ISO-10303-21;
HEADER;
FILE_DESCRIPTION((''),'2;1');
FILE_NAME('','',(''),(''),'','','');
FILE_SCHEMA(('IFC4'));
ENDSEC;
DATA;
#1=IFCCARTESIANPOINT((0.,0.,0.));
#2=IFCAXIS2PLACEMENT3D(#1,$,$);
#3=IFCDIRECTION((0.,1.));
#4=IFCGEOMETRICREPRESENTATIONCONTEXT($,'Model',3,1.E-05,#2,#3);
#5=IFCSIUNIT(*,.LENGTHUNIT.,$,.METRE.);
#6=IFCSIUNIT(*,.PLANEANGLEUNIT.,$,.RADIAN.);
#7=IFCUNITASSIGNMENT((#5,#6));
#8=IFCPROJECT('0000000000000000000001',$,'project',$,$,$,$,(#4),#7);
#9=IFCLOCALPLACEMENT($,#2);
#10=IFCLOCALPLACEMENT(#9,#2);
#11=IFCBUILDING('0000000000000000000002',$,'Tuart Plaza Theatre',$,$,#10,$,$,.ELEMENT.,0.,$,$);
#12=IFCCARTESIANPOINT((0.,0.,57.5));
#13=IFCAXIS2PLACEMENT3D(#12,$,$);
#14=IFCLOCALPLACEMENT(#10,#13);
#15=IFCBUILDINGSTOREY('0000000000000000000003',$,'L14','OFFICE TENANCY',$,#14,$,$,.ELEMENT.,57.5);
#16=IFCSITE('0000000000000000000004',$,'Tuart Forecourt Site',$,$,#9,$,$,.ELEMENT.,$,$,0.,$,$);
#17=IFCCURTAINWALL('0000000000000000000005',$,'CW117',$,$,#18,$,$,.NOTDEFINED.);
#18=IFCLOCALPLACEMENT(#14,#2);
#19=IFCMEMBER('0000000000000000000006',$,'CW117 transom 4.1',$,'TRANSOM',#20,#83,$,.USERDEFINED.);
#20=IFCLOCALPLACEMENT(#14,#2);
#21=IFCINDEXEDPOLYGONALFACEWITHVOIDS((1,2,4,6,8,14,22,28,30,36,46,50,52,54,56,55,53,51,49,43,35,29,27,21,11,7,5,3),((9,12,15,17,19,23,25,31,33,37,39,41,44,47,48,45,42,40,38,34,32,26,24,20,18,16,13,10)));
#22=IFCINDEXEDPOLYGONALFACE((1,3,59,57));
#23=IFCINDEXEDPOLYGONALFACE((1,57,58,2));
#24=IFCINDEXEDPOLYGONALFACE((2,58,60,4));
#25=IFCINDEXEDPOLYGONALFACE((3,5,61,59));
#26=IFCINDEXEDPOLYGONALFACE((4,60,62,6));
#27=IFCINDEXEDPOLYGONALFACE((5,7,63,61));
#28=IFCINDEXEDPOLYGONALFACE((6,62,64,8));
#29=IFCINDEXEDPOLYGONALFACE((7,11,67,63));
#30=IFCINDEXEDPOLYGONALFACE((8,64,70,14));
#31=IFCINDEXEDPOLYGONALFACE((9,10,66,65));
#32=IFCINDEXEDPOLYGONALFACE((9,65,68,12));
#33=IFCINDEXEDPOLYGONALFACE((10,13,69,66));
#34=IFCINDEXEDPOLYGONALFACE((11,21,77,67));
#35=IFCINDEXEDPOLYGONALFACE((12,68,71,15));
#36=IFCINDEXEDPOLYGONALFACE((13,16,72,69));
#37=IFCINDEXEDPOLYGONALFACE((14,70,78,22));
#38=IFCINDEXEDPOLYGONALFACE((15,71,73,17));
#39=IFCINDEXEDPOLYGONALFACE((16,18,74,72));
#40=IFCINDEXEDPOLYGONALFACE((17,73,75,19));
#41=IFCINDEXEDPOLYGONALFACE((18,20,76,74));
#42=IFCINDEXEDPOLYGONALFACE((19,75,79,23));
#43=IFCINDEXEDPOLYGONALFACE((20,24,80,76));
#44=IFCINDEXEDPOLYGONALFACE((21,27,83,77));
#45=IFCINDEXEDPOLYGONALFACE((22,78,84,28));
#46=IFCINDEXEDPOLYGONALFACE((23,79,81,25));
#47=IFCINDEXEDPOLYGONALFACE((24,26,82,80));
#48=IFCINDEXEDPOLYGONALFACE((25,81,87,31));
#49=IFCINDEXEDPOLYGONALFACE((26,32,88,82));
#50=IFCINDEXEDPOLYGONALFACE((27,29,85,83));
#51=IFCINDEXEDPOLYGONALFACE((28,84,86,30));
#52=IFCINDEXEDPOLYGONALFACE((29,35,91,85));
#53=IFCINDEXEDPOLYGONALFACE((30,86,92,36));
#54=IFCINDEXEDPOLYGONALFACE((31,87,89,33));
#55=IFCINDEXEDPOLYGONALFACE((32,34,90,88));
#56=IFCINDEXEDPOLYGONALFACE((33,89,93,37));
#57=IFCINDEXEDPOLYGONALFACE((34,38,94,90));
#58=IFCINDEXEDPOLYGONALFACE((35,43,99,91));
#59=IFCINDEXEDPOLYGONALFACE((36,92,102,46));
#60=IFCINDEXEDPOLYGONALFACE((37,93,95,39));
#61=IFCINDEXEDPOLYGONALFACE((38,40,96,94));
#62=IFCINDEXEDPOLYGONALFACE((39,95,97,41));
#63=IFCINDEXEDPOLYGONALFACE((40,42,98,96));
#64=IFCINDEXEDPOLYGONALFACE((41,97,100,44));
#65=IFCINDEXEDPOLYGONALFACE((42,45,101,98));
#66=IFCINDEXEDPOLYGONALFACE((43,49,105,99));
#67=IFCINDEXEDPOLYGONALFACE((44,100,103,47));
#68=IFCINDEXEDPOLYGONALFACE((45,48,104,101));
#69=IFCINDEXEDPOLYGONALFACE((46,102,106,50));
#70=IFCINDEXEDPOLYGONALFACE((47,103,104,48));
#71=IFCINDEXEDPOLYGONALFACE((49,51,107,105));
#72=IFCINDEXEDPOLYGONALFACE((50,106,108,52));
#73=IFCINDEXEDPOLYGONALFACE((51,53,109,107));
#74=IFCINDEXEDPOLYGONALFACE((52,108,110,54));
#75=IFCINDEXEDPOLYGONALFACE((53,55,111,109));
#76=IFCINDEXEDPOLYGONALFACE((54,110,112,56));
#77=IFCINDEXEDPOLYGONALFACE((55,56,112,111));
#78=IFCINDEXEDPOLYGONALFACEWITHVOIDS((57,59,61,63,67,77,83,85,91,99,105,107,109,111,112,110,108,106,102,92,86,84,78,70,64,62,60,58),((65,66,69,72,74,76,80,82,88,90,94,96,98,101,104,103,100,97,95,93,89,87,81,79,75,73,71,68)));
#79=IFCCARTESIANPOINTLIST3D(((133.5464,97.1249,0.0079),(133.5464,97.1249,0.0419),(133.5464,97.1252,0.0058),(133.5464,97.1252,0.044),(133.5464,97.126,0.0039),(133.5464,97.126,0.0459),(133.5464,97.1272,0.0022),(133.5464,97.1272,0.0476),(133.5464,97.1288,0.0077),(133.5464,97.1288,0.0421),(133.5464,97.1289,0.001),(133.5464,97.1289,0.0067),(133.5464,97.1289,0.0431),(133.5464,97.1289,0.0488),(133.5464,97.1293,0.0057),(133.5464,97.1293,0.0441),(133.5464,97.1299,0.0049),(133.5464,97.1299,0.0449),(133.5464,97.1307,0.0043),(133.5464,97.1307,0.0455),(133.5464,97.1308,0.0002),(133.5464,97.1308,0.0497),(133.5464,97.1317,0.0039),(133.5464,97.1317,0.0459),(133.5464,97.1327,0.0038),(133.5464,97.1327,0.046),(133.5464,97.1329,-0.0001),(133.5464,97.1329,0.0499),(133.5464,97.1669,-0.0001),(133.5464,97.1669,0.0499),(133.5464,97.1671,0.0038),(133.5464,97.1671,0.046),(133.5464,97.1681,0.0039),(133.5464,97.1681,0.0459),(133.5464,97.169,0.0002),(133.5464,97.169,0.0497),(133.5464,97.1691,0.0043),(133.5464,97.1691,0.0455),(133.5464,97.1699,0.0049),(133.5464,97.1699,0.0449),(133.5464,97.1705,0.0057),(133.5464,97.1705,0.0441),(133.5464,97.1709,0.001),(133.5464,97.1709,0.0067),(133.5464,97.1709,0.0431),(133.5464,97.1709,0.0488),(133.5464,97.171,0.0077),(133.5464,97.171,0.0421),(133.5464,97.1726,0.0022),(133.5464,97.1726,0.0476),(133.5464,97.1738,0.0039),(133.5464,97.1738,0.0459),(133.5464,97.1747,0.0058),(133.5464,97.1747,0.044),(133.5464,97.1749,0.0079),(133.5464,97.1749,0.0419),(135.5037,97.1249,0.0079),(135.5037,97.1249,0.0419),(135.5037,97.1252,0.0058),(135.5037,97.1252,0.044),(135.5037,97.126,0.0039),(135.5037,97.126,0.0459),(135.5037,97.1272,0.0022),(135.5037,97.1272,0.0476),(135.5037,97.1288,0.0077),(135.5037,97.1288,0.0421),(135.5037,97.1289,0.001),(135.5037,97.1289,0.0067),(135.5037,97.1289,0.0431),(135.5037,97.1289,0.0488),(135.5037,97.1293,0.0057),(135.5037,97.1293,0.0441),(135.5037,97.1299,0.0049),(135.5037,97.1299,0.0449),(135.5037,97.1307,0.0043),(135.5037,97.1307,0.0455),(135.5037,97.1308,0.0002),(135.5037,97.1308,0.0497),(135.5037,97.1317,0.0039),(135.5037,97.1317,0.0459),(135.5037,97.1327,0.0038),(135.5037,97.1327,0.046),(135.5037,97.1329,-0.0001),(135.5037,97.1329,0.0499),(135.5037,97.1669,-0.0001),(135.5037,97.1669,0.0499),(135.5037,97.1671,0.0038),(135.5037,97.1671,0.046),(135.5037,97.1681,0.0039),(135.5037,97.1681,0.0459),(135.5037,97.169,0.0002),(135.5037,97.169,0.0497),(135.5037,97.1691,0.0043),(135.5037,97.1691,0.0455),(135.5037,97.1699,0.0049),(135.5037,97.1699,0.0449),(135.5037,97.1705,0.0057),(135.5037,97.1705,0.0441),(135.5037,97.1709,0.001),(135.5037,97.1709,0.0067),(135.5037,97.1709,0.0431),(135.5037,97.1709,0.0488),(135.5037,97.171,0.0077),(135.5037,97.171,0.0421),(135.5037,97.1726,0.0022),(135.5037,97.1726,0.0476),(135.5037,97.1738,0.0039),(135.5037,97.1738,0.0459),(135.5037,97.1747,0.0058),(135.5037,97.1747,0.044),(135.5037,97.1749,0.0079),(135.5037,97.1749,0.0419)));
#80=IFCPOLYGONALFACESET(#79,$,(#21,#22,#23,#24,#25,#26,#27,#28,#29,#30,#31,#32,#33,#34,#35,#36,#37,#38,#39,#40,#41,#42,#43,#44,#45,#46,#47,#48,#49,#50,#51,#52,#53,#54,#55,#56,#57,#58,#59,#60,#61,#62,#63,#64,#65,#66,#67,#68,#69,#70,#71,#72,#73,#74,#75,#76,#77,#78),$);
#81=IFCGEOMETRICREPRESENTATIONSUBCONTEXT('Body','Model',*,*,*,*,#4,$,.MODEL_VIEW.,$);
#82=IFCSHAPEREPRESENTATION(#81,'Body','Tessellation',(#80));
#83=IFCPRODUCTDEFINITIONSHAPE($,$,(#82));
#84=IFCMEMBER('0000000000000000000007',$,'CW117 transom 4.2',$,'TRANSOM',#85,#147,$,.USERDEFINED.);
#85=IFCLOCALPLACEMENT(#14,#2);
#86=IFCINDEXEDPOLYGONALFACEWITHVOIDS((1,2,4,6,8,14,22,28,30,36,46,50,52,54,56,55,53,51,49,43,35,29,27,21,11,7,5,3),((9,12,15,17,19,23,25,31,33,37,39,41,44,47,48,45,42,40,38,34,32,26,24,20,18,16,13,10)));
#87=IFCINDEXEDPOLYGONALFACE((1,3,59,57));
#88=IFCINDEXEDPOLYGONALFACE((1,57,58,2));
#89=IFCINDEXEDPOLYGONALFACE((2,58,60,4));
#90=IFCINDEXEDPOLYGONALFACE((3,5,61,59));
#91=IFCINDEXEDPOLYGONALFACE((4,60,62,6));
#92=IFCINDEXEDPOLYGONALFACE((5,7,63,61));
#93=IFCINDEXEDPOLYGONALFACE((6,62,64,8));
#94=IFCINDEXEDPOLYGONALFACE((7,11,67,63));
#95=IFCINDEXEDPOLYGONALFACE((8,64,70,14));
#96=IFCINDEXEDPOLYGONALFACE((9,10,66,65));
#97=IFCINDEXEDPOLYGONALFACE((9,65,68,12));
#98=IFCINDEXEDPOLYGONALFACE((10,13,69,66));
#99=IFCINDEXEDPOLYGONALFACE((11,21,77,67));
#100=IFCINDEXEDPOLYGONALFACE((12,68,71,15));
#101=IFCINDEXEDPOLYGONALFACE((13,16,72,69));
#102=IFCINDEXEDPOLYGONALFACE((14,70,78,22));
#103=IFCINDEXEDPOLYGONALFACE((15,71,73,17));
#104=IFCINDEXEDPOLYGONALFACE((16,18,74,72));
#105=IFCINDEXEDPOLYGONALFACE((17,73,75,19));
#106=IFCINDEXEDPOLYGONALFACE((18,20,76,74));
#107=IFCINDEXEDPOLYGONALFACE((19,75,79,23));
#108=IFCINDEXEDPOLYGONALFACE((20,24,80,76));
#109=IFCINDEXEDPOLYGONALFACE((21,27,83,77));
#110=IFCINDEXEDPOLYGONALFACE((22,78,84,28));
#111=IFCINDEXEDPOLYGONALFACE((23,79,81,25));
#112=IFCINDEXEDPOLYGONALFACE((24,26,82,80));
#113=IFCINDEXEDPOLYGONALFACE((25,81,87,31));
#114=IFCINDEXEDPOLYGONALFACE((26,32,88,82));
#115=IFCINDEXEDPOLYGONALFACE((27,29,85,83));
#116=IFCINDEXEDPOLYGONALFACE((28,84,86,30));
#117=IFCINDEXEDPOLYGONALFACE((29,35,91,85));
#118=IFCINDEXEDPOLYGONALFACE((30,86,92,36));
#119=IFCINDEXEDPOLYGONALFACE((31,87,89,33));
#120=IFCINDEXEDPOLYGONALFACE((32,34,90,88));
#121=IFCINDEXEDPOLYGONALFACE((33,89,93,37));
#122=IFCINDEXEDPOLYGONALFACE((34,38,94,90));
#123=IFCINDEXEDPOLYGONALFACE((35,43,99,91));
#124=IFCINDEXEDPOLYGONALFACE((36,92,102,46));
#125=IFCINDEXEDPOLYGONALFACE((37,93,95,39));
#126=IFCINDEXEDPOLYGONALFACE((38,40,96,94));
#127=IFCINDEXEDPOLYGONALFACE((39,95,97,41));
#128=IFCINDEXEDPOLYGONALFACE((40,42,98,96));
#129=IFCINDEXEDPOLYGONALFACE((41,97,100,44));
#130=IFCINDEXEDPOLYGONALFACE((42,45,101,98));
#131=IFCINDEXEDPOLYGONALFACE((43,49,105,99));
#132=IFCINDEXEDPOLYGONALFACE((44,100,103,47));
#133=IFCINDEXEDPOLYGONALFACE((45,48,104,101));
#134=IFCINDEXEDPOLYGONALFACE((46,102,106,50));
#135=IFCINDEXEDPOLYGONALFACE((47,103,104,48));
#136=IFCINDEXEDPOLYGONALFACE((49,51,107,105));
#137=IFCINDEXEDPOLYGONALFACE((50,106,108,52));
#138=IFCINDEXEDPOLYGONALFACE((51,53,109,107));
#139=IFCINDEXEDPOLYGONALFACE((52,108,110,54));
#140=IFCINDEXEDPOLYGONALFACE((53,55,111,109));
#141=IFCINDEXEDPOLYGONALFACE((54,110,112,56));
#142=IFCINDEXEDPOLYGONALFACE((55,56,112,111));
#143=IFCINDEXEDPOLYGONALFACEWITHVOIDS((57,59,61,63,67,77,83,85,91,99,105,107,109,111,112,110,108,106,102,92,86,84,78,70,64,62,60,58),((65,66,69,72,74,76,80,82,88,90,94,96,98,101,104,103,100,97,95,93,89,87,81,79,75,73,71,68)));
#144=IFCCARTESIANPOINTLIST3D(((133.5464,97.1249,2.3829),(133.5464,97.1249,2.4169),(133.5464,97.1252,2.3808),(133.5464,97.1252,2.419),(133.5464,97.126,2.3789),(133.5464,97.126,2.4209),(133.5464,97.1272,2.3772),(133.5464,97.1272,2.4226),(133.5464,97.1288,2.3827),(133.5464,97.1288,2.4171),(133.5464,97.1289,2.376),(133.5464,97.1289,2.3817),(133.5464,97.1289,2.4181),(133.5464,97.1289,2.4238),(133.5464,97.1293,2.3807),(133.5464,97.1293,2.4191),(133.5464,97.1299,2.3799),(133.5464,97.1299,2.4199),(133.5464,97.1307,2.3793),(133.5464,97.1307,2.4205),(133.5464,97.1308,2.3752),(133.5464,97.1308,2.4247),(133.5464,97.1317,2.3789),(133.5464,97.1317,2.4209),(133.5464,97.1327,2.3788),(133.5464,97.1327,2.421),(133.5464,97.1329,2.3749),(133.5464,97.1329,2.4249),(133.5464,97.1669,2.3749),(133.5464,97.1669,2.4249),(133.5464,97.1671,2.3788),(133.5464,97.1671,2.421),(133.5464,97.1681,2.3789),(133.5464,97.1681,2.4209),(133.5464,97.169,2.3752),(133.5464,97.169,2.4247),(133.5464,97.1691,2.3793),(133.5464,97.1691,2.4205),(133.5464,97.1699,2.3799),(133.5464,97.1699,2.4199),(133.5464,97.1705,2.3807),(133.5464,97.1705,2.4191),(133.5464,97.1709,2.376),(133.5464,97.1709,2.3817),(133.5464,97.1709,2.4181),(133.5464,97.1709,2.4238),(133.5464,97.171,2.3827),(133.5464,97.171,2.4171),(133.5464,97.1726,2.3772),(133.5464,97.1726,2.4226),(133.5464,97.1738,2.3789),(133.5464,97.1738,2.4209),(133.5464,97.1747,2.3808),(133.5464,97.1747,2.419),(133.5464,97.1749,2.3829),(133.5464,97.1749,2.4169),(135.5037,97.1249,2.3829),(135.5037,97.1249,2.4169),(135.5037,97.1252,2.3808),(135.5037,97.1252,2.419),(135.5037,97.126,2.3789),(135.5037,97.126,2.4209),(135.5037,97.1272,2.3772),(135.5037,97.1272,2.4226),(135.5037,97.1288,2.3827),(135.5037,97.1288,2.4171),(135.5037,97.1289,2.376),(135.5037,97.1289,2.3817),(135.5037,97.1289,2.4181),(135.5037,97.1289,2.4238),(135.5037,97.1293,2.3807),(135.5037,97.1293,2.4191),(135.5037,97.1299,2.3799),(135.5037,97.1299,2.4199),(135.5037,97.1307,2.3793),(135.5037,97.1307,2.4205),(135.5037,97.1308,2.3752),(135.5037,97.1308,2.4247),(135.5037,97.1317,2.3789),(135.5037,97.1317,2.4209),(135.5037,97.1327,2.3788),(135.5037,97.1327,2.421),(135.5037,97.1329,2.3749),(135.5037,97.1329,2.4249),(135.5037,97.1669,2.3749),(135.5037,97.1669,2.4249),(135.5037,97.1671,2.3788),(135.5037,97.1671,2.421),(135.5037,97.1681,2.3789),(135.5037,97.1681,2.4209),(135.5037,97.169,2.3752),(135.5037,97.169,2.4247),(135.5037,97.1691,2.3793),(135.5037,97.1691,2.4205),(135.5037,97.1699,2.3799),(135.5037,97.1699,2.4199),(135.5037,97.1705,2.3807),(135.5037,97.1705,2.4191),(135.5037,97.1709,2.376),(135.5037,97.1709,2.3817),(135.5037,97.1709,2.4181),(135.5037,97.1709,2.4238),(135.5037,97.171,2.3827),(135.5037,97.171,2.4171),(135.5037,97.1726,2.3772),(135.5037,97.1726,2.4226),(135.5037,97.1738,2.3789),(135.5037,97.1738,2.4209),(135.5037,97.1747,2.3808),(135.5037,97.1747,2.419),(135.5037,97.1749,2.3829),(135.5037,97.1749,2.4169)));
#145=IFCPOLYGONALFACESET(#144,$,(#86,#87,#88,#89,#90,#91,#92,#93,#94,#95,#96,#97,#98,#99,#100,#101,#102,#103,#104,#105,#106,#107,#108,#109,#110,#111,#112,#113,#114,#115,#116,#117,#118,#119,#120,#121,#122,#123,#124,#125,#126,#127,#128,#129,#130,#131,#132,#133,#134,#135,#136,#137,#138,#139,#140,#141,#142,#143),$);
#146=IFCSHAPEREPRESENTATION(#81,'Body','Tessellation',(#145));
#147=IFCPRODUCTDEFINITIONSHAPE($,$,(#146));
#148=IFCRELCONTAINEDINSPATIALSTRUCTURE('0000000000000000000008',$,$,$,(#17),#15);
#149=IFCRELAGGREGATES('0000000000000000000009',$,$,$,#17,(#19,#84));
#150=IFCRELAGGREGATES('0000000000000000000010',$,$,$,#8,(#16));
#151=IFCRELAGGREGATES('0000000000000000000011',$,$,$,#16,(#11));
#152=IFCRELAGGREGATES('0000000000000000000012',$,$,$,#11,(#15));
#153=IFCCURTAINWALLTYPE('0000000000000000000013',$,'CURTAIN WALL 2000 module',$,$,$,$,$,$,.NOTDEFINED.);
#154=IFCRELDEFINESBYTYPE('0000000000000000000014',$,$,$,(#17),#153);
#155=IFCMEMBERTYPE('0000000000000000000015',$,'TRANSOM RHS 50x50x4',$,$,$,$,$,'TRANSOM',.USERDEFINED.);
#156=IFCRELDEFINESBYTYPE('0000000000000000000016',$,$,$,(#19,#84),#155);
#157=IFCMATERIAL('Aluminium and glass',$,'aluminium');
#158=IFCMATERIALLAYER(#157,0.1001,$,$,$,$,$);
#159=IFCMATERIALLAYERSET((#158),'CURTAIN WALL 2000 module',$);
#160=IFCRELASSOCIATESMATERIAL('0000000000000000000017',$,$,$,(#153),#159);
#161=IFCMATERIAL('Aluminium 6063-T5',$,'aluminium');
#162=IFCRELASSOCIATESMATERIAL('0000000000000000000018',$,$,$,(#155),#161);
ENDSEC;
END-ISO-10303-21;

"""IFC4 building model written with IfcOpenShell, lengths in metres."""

from ifc_helpers import new_model, si_unit, direction, frame, origin, origin_2d, place, context, subcontext, project, spatial, hollow_rectangle, extrude, material, layer, layer_set, material_profile, profile_set, type_object, element, aggregate, save


model = new_model("IFC4")

# Units and contexts
model_context = context("Model", 3, precision=1e-05, world=origin(), true_north=direction((0.0, 1.0)))
body_context = subcontext(model_context, "Body", "Model", "MODEL_VIEW")
ifc_project = project(units=[si_unit("LENGTHUNIT", "METRE"), si_unit("PLANEANGLEUNIT", "RADIAN")], contexts=[model_context])

# Site, building, storey
site_placement = place(None, origin())
site = spatial("IfcSite", under=ifc_project, at=site_placement, Name="Tuart Forecourt Site", CompositionType="ELEMENT", RefElevation=0.0)
building_placement = place(site_placement, origin())
building = spatial("IfcBuilding", under=site, at=building_placement, Name="Tuart Plaza Theatre", CompositionType="ELEMENT", ElevationOfRefHeight=0.0)
storey_placement = place(building_placement, frame((0.0, 0.0, 57.5)))
storey = spatial("IfcBuildingStorey", under=building, at=storey_placement, Name="L14", Description="OFFICE TENANCY", CompositionType="ELEMENT", Elevation=57.5)

# Curtain wall, members
ifc_material_1 = material(Name="Aluminium and glass", Category="aluminium")
ifc_layer_1 = layer(ifc_material_1, 0.1001)
ifc_layer_set_1 = layer_set([ifc_layer_1], Name="CURTAIN WALL 2000 module")
curtain_wall_type = type_object("IfcCurtainWallType", Name="CURTAIN WALL 2000 module", PredefinedType="NOTDEFINED", material=ifc_layer_set_1)
curtain_wall_placement = place(storey_placement, origin())
curtain_wall = element("IfcCurtainWall", 1, at=curtain_wall_placement, inside=storey, type_object=curtain_wall_type, Name="CW117", PredefinedType="NOTDEFINED")
ifc_material_2 = material(Name="Aluminium 6063-T5", Category="aluminium")
ifc_material_profile_1 = material_profile(ifc_material_2, hollow_rectangle(XDim=0.05, YDim=0.05, WallThickness=0.0039, InnerFilletRadius=0.0039, OuterFilletRadius=0.0081, at=origin_2d()), Name="RHS 50x50x4")
ifc_profile_set_1 = profile_set([ifc_material_profile_1], Name="Aluminium 6063-T5")
member_type_1 = type_object("IfcMemberType", Name="TRANSOM RHS 50x50x4", ElementType="TRANSOM", PredefinedType="USERDEFINED", material=ifc_profile_set_1)
member_1_placement = place(storey_placement, frame((135.5037, 97.1499, 0.0249), z_axis=(-1.0, 0.0, 0.0), x_axis=(0.0, -1.0, 0.0)))
member_1 = element("IfcMember", 2, at=member_1_placement, type_object=member_type_1, Name="CW117 transom 4.1", ObjectType="TRANSOM", PredefinedType="USERDEFINED", context=body_context, shape_type="SweptSolid", body=[
    extrude(hollow_rectangle(XDim=0.05, YDim=0.05, WallThickness=0.0039, InnerFilletRadius=0.0039, OuterFilletRadius=0.0081, at=origin_2d()), origin(), (0.0, 0.0, 1.0), 1.9573),
])
member_2_placement = place(storey_placement, frame((135.5037, 97.1499, 2.3999), z_axis=(-1.0, 0.0, 0.0), x_axis=(0.0, -1.0, 0.0)))
member_2 = element("IfcMember", 3, at=member_2_placement, type_object=member_type_1, Name="CW117 transom 4.2", ObjectType="TRANSOM", PredefinedType="USERDEFINED", context=body_context, shape_type="SweptSolid", body=[
    extrude(hollow_rectangle(XDim=0.05, YDim=0.05, WallThickness=0.0039, InnerFilletRadius=0.0039, OuterFilletRadius=0.0081, at=origin_2d()), origin(), (0.0, 0.0, 1.0), 1.9573),
])
aggregate(curtain_wall, [member_1, member_2])

save(model, "model.ifc")
